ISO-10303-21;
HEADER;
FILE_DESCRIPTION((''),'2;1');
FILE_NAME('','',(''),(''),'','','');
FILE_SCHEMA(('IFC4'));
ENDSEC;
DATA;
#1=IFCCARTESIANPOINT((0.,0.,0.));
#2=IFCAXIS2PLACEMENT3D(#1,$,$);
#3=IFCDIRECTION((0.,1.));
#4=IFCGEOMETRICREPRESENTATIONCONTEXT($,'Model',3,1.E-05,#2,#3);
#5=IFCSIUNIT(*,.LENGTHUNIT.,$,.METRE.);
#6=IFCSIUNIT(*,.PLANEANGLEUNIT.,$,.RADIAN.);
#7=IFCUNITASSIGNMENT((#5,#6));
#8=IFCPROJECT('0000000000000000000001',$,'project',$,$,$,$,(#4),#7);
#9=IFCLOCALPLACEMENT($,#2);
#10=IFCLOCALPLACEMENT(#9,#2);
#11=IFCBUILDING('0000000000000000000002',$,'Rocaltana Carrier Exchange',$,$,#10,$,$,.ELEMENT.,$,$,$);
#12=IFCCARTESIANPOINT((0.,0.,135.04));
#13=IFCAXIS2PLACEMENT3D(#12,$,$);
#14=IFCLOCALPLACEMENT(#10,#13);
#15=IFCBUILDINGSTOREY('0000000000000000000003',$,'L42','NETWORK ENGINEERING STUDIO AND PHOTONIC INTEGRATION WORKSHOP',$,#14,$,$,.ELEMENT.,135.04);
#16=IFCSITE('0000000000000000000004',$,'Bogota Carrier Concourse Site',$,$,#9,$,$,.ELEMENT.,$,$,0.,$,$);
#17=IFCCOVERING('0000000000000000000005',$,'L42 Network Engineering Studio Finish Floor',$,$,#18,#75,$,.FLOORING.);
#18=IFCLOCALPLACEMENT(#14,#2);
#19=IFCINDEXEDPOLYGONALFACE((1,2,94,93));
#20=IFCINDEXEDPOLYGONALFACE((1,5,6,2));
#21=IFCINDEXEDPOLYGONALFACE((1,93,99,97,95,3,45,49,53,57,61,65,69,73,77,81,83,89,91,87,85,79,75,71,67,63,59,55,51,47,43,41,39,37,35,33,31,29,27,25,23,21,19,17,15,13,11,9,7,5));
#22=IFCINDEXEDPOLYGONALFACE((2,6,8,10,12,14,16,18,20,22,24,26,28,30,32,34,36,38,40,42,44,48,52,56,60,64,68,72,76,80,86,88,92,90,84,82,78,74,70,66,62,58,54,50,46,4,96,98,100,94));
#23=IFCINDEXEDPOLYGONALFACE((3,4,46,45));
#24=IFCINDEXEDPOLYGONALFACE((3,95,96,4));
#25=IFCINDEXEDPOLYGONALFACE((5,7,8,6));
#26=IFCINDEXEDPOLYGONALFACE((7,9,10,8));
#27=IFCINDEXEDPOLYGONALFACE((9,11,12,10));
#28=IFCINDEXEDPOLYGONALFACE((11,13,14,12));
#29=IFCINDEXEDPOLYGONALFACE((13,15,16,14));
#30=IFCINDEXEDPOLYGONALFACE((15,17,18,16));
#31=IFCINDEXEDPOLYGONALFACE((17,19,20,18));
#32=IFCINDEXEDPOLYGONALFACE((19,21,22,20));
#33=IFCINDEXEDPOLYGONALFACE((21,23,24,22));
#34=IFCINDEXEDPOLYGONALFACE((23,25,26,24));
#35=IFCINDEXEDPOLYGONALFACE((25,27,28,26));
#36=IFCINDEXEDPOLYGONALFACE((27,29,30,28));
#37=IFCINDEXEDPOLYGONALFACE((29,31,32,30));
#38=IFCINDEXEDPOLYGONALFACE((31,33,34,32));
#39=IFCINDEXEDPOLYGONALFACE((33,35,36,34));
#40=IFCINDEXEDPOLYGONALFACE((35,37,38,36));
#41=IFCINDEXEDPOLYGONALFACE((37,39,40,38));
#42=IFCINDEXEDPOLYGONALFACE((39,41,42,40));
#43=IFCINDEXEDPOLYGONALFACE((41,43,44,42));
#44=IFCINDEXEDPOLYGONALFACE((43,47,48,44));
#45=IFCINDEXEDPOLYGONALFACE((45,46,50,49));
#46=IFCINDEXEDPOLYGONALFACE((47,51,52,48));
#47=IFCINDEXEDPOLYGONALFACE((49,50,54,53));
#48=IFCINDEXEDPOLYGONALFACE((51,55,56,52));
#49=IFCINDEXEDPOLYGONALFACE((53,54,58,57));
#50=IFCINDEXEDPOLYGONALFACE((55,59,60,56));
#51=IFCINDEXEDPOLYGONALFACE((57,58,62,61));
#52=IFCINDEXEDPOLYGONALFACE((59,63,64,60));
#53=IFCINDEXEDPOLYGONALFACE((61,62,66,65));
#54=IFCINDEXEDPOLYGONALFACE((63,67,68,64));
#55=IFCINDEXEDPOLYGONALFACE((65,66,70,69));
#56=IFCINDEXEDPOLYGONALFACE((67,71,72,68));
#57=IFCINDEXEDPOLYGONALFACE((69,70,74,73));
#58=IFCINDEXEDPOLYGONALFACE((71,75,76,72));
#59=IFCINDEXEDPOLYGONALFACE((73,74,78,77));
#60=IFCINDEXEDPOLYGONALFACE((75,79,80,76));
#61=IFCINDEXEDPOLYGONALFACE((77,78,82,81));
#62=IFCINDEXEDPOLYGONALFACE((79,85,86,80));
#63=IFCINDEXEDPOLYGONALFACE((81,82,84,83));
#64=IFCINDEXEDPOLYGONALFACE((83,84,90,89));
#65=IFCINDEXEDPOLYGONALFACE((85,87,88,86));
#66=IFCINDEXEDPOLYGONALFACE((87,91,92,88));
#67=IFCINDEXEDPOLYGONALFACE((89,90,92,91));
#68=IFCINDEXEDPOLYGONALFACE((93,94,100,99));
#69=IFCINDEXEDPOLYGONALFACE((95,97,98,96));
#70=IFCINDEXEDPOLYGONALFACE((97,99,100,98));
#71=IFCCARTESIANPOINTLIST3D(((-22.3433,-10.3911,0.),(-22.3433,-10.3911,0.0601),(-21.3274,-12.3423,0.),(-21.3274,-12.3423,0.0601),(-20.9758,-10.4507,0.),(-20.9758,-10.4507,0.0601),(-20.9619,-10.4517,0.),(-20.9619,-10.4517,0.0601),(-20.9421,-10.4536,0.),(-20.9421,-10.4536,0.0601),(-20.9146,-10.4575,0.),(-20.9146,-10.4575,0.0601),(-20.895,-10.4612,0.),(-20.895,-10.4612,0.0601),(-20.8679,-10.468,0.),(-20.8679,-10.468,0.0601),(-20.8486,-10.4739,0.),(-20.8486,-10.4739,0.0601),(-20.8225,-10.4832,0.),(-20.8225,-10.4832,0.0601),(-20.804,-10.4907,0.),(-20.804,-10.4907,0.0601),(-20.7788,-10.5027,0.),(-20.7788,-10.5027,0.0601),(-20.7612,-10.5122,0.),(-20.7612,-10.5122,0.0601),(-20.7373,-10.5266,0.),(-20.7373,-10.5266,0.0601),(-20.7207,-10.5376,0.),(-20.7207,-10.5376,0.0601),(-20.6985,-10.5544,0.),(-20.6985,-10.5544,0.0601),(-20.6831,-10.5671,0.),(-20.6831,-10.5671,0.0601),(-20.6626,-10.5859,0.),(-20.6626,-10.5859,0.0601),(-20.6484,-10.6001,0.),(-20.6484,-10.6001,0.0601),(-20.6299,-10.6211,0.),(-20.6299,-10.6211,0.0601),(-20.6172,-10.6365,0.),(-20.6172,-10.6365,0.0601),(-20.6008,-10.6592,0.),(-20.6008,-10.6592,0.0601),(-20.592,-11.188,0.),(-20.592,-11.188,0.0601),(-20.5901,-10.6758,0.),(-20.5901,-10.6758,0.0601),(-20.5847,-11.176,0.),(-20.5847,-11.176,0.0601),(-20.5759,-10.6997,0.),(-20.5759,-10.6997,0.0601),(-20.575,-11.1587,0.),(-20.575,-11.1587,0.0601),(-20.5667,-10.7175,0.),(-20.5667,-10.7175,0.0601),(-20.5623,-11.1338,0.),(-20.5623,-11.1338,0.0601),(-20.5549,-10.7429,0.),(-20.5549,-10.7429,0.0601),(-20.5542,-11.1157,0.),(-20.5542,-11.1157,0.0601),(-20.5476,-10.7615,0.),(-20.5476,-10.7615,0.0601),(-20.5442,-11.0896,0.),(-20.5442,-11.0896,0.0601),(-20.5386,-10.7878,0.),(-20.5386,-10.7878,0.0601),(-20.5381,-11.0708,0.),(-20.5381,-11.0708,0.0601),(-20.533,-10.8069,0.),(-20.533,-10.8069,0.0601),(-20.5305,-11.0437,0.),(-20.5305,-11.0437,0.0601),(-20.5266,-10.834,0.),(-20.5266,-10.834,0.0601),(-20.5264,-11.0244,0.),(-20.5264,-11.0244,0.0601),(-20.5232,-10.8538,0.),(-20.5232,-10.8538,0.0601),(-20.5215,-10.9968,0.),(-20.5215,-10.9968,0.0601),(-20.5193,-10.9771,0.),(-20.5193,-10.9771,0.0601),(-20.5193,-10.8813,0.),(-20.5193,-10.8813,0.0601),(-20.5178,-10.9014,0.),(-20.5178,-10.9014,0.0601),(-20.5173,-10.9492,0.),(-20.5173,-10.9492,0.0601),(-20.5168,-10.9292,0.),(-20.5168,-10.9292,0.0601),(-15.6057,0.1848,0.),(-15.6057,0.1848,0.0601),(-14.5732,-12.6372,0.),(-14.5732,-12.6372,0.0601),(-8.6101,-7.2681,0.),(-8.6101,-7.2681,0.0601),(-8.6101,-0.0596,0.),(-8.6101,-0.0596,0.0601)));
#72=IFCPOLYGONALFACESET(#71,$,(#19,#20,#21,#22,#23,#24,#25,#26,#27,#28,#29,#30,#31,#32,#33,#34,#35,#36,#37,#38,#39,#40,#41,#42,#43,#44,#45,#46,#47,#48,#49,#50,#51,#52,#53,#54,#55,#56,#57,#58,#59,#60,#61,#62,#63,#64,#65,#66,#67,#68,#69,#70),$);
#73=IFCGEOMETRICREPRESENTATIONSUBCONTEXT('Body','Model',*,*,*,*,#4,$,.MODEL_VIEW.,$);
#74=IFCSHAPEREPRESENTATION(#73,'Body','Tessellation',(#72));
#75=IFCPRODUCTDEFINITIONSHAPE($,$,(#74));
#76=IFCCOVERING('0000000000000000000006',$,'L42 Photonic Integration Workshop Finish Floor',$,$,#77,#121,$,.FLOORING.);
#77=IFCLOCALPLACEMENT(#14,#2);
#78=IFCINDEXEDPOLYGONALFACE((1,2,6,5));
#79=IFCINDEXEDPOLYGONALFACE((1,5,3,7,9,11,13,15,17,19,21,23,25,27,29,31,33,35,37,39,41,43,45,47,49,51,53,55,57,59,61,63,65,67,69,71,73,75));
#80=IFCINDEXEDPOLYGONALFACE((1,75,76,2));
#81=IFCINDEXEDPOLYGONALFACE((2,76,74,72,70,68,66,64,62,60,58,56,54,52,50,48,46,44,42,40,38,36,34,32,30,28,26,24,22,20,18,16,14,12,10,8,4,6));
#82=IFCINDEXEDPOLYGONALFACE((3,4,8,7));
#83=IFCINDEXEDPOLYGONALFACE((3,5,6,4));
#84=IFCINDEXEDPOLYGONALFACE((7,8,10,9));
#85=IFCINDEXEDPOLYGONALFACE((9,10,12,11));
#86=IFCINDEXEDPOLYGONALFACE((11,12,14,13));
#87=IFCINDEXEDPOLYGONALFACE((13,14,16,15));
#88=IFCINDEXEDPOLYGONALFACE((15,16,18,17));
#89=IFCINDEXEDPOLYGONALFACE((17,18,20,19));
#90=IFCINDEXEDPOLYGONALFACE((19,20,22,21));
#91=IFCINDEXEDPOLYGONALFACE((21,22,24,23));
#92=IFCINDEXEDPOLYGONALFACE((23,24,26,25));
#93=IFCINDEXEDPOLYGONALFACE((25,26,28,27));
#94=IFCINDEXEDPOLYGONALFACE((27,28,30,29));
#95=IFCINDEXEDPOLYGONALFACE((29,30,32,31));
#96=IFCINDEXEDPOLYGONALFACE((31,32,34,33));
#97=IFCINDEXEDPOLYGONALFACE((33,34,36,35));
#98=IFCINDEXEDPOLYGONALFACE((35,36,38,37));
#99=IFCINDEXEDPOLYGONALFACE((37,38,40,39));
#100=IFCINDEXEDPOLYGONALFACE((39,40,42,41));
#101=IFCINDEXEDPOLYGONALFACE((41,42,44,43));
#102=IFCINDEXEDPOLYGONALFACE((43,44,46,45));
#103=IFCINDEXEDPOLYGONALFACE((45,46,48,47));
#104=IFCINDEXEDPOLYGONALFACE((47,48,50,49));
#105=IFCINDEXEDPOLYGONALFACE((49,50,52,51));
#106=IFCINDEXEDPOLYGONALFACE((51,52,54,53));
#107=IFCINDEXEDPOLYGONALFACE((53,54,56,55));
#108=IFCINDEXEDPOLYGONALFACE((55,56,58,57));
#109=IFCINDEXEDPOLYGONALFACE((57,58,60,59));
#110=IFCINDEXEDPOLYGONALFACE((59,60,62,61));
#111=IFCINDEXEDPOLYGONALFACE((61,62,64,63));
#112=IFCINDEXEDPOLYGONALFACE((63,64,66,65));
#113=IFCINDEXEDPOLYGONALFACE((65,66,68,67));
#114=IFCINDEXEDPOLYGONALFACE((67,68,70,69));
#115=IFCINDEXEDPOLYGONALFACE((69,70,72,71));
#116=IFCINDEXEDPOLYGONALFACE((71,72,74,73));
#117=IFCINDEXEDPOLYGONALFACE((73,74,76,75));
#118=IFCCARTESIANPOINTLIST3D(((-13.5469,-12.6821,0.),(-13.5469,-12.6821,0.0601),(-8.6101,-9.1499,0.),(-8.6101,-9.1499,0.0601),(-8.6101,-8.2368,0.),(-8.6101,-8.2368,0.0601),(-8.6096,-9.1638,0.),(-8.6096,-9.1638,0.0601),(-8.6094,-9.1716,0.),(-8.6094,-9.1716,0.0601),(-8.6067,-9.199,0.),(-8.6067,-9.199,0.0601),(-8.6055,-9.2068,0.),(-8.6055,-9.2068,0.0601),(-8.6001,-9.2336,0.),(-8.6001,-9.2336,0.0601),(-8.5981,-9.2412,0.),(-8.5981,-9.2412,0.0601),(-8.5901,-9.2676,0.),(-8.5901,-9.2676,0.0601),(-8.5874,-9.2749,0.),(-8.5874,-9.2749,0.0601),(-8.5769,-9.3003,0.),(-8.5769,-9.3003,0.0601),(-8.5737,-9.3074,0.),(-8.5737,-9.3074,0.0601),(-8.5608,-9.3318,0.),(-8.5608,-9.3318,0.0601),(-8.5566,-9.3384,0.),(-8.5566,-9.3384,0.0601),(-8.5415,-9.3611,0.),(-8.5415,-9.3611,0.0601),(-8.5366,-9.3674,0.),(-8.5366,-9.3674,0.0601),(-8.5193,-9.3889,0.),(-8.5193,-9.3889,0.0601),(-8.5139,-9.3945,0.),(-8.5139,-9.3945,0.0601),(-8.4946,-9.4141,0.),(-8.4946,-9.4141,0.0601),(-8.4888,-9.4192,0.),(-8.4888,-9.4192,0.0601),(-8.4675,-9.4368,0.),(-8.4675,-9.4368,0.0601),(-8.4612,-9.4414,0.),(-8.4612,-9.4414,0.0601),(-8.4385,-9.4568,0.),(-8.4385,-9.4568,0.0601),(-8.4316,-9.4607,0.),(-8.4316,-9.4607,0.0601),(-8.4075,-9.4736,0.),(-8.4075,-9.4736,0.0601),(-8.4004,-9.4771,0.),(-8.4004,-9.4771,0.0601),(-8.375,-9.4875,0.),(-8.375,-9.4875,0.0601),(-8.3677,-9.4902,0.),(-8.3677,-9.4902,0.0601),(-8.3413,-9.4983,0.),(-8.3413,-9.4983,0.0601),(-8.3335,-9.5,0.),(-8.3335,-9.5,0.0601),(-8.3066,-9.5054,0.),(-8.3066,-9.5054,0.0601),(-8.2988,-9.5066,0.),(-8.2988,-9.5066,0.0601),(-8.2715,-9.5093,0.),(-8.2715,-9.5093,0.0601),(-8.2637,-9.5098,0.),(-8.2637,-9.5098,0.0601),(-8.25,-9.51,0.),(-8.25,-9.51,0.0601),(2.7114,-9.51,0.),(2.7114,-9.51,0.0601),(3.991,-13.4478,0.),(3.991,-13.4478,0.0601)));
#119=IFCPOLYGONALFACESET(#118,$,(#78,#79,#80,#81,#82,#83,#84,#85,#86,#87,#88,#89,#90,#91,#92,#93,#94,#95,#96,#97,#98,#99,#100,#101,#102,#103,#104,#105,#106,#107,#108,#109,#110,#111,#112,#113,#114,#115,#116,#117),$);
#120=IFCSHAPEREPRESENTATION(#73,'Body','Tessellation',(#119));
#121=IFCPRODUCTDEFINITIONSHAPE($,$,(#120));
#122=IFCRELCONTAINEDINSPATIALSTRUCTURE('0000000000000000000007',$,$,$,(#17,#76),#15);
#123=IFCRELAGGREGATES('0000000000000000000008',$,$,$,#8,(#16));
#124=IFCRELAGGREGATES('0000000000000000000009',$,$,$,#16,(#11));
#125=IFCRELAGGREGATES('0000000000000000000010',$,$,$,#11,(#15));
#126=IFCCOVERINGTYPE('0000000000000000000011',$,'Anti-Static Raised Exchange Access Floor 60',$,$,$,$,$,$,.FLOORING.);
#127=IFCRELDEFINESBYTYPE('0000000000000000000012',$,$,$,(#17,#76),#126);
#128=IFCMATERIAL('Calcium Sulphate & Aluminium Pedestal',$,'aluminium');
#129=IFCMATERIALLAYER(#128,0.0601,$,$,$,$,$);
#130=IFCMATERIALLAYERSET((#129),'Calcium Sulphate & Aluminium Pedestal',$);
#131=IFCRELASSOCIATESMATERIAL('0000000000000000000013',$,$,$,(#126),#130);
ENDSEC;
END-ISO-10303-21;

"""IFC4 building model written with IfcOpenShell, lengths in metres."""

from ifc_helpers import new_model, si_unit, direction, frame, origin, place, context, subcontext, project, spatial, polyline, outline, extrude, material, layer, layer_set, type_object, element, save


model = new_model("IFC4")

# Units and contexts
model_context = context("Model", 3, precision=1e-05, world=origin(), true_north=direction((0.0, 1.0)))
body_context = subcontext(model_context, "Body", "Model", "MODEL_VIEW")
ifc_project = project(units=[si_unit("LENGTHUNIT", "METRE"), si_unit("PLANEANGLEUNIT", "RADIAN")], contexts=[model_context])

# Site, building, storey
site_placement = place(None, origin())
site = spatial("IfcSite", under=ifc_project, at=site_placement, Name="Bogota Carrier Concourse Site", CompositionType="ELEMENT", RefElevation=0.0)
building_placement = place(site_placement, origin())
building = spatial("IfcBuilding", under=site, at=building_placement, Name="Rocaltana Carrier Exchange", CompositionType="ELEMENT")
storey_placement = place(building_placement, frame((0.0, 0.0, 135.04)))
storey = spatial("IfcBuildingStorey", under=building, at=storey_placement, Name="L42", Description="NETWORK ENGINEERING STUDIO AND PHOTONIC INTEGRATION WORKSHOP", CompositionType="ELEMENT", Elevation=135.04)

# Coverings
ifc_material_1 = material(Name="Calcium Sulphate & Aluminium Pedestal", Category="aluminium")
ifc_layer_1 = layer(ifc_material_1, 0.0601)
ifc_layer_set_1 = layer_set([ifc_layer_1], Name="Calcium Sulphate & Aluminium Pedestal")
covering_type_1 = type_object("IfcCoveringType", Name="Anti-Static Raised Exchange Access Floor 60", PredefinedType="FLOORING", material=ifc_layer_set_1)
covering_1_placement = place(storey_placement, origin())
element("IfcCovering", 1, at=covering_1_placement, inside=storey, type_object=covering_type_1, Name="L42 Network Engineering Studio Finish Floor", PredefinedType="FLOORING", context=body_context, shape_type="SweptSolid", body=[
    extrude(outline(polyline([(-20.592, -11.188), (-20.5847, -11.176), (-20.575, -11.1587), (-20.5623, -11.1338), (-20.5542, -11.1157), (-20.5442, -11.0896), (-20.5381, -11.0708), (-20.5305, -11.0437), (-20.5264, -11.0244), (-20.5215, -10.9968), (-20.5193, -10.9771), (-20.5173, -10.9492), (-20.5168, -10.9292), (-20.5178, -10.9014), (-20.5193, -10.8813), (-20.5232, -10.8538), (-20.5266, -10.834), (-20.533, -10.8069), (-20.5386, -10.7878), (-20.5476, -10.7615), (-20.5549, -10.7429), (-20.5667, -10.7175), (-20.5759, -10.6997), (-20.5901, -10.6758), (-20.6008, -10.6592), (-20.6172, -10.6365), (-20.6299, -10.6211), (-20.6484, -10.6001), (-20.6626, -10.5859), (-20.6831, -10.5671), (-20.6985, -10.5544), (-20.7207, -10.5376), (-20.7373, -10.5266), (-20.7612, -10.5122), (-20.7788, -10.5027), (-20.804, -10.4907), (-20.8225, -10.4832), (-20.8486, -10.4739), (-20.8679, -10.468), (-20.895, -10.4612), (-20.9146, -10.4575), (-20.9421, -10.4536), (-20.9619, -10.4517), (-20.9758, -10.4507), (-22.3433, -10.3911), (-15.6057, 0.1848), (-8.6101, -0.0596), (-8.6101, -7.2681), (-14.5732, -12.6372), (-21.3274, -12.3423), (-20.592, -11.188)])), origin(), (0.0, 0.0, 1.0), 0.0601),
])
covering_2_placement = place(storey_placement, origin())
element("IfcCovering", 2, at=covering_2_placement, inside=storey, type_object=covering_type_1, Name="L42 Photonic Integration Workshop Finish Floor", PredefinedType="FLOORING", context=body_context, shape_type="SweptSolid", body=[
    extrude(outline(polyline([(-13.5469, -12.6821), (-8.6101, -8.2368), (-8.6101, -9.1499), (-8.6096, -9.1638), (-8.6094, -9.1716), (-8.6067, -9.199), (-8.6055, -9.2068), (-8.6001, -9.2336), (-8.5981, -9.2412), (-8.5901, -9.2676), (-8.5874, -9.2749), (-8.5769, -9.3003), (-8.5737, -9.3074), (-8.5608, -9.3318), (-8.5566, -9.3384), (-8.5415, -9.3611), (-8.5366, -9.3674), (-8.5193, -9.3889), (-8.5139, -9.3945), (-8.4946, -9.4141), (-8.4888, -9.4192), (-8.4675, -9.4368), (-8.4612, -9.4414), (-8.4385, -9.4568), (-8.4316, -9.4607), (-8.4075, -9.4736), (-8.4004, -9.4771), (-8.375, -9.4875), (-8.3677, -9.4902), (-8.3413, -9.4983), (-8.3335, -9.5), (-8.3066, -9.5054), (-8.2988, -9.5066), (-8.2715, -9.5093), (-8.2637, -9.5098), (-8.25, -9.51), (2.7114, -9.51), (3.991, -13.4478), (-13.5469, -12.6821)])), origin(), (0.0, 0.0, 1.0), 0.0601),
])

save(model, "model.ifc")
